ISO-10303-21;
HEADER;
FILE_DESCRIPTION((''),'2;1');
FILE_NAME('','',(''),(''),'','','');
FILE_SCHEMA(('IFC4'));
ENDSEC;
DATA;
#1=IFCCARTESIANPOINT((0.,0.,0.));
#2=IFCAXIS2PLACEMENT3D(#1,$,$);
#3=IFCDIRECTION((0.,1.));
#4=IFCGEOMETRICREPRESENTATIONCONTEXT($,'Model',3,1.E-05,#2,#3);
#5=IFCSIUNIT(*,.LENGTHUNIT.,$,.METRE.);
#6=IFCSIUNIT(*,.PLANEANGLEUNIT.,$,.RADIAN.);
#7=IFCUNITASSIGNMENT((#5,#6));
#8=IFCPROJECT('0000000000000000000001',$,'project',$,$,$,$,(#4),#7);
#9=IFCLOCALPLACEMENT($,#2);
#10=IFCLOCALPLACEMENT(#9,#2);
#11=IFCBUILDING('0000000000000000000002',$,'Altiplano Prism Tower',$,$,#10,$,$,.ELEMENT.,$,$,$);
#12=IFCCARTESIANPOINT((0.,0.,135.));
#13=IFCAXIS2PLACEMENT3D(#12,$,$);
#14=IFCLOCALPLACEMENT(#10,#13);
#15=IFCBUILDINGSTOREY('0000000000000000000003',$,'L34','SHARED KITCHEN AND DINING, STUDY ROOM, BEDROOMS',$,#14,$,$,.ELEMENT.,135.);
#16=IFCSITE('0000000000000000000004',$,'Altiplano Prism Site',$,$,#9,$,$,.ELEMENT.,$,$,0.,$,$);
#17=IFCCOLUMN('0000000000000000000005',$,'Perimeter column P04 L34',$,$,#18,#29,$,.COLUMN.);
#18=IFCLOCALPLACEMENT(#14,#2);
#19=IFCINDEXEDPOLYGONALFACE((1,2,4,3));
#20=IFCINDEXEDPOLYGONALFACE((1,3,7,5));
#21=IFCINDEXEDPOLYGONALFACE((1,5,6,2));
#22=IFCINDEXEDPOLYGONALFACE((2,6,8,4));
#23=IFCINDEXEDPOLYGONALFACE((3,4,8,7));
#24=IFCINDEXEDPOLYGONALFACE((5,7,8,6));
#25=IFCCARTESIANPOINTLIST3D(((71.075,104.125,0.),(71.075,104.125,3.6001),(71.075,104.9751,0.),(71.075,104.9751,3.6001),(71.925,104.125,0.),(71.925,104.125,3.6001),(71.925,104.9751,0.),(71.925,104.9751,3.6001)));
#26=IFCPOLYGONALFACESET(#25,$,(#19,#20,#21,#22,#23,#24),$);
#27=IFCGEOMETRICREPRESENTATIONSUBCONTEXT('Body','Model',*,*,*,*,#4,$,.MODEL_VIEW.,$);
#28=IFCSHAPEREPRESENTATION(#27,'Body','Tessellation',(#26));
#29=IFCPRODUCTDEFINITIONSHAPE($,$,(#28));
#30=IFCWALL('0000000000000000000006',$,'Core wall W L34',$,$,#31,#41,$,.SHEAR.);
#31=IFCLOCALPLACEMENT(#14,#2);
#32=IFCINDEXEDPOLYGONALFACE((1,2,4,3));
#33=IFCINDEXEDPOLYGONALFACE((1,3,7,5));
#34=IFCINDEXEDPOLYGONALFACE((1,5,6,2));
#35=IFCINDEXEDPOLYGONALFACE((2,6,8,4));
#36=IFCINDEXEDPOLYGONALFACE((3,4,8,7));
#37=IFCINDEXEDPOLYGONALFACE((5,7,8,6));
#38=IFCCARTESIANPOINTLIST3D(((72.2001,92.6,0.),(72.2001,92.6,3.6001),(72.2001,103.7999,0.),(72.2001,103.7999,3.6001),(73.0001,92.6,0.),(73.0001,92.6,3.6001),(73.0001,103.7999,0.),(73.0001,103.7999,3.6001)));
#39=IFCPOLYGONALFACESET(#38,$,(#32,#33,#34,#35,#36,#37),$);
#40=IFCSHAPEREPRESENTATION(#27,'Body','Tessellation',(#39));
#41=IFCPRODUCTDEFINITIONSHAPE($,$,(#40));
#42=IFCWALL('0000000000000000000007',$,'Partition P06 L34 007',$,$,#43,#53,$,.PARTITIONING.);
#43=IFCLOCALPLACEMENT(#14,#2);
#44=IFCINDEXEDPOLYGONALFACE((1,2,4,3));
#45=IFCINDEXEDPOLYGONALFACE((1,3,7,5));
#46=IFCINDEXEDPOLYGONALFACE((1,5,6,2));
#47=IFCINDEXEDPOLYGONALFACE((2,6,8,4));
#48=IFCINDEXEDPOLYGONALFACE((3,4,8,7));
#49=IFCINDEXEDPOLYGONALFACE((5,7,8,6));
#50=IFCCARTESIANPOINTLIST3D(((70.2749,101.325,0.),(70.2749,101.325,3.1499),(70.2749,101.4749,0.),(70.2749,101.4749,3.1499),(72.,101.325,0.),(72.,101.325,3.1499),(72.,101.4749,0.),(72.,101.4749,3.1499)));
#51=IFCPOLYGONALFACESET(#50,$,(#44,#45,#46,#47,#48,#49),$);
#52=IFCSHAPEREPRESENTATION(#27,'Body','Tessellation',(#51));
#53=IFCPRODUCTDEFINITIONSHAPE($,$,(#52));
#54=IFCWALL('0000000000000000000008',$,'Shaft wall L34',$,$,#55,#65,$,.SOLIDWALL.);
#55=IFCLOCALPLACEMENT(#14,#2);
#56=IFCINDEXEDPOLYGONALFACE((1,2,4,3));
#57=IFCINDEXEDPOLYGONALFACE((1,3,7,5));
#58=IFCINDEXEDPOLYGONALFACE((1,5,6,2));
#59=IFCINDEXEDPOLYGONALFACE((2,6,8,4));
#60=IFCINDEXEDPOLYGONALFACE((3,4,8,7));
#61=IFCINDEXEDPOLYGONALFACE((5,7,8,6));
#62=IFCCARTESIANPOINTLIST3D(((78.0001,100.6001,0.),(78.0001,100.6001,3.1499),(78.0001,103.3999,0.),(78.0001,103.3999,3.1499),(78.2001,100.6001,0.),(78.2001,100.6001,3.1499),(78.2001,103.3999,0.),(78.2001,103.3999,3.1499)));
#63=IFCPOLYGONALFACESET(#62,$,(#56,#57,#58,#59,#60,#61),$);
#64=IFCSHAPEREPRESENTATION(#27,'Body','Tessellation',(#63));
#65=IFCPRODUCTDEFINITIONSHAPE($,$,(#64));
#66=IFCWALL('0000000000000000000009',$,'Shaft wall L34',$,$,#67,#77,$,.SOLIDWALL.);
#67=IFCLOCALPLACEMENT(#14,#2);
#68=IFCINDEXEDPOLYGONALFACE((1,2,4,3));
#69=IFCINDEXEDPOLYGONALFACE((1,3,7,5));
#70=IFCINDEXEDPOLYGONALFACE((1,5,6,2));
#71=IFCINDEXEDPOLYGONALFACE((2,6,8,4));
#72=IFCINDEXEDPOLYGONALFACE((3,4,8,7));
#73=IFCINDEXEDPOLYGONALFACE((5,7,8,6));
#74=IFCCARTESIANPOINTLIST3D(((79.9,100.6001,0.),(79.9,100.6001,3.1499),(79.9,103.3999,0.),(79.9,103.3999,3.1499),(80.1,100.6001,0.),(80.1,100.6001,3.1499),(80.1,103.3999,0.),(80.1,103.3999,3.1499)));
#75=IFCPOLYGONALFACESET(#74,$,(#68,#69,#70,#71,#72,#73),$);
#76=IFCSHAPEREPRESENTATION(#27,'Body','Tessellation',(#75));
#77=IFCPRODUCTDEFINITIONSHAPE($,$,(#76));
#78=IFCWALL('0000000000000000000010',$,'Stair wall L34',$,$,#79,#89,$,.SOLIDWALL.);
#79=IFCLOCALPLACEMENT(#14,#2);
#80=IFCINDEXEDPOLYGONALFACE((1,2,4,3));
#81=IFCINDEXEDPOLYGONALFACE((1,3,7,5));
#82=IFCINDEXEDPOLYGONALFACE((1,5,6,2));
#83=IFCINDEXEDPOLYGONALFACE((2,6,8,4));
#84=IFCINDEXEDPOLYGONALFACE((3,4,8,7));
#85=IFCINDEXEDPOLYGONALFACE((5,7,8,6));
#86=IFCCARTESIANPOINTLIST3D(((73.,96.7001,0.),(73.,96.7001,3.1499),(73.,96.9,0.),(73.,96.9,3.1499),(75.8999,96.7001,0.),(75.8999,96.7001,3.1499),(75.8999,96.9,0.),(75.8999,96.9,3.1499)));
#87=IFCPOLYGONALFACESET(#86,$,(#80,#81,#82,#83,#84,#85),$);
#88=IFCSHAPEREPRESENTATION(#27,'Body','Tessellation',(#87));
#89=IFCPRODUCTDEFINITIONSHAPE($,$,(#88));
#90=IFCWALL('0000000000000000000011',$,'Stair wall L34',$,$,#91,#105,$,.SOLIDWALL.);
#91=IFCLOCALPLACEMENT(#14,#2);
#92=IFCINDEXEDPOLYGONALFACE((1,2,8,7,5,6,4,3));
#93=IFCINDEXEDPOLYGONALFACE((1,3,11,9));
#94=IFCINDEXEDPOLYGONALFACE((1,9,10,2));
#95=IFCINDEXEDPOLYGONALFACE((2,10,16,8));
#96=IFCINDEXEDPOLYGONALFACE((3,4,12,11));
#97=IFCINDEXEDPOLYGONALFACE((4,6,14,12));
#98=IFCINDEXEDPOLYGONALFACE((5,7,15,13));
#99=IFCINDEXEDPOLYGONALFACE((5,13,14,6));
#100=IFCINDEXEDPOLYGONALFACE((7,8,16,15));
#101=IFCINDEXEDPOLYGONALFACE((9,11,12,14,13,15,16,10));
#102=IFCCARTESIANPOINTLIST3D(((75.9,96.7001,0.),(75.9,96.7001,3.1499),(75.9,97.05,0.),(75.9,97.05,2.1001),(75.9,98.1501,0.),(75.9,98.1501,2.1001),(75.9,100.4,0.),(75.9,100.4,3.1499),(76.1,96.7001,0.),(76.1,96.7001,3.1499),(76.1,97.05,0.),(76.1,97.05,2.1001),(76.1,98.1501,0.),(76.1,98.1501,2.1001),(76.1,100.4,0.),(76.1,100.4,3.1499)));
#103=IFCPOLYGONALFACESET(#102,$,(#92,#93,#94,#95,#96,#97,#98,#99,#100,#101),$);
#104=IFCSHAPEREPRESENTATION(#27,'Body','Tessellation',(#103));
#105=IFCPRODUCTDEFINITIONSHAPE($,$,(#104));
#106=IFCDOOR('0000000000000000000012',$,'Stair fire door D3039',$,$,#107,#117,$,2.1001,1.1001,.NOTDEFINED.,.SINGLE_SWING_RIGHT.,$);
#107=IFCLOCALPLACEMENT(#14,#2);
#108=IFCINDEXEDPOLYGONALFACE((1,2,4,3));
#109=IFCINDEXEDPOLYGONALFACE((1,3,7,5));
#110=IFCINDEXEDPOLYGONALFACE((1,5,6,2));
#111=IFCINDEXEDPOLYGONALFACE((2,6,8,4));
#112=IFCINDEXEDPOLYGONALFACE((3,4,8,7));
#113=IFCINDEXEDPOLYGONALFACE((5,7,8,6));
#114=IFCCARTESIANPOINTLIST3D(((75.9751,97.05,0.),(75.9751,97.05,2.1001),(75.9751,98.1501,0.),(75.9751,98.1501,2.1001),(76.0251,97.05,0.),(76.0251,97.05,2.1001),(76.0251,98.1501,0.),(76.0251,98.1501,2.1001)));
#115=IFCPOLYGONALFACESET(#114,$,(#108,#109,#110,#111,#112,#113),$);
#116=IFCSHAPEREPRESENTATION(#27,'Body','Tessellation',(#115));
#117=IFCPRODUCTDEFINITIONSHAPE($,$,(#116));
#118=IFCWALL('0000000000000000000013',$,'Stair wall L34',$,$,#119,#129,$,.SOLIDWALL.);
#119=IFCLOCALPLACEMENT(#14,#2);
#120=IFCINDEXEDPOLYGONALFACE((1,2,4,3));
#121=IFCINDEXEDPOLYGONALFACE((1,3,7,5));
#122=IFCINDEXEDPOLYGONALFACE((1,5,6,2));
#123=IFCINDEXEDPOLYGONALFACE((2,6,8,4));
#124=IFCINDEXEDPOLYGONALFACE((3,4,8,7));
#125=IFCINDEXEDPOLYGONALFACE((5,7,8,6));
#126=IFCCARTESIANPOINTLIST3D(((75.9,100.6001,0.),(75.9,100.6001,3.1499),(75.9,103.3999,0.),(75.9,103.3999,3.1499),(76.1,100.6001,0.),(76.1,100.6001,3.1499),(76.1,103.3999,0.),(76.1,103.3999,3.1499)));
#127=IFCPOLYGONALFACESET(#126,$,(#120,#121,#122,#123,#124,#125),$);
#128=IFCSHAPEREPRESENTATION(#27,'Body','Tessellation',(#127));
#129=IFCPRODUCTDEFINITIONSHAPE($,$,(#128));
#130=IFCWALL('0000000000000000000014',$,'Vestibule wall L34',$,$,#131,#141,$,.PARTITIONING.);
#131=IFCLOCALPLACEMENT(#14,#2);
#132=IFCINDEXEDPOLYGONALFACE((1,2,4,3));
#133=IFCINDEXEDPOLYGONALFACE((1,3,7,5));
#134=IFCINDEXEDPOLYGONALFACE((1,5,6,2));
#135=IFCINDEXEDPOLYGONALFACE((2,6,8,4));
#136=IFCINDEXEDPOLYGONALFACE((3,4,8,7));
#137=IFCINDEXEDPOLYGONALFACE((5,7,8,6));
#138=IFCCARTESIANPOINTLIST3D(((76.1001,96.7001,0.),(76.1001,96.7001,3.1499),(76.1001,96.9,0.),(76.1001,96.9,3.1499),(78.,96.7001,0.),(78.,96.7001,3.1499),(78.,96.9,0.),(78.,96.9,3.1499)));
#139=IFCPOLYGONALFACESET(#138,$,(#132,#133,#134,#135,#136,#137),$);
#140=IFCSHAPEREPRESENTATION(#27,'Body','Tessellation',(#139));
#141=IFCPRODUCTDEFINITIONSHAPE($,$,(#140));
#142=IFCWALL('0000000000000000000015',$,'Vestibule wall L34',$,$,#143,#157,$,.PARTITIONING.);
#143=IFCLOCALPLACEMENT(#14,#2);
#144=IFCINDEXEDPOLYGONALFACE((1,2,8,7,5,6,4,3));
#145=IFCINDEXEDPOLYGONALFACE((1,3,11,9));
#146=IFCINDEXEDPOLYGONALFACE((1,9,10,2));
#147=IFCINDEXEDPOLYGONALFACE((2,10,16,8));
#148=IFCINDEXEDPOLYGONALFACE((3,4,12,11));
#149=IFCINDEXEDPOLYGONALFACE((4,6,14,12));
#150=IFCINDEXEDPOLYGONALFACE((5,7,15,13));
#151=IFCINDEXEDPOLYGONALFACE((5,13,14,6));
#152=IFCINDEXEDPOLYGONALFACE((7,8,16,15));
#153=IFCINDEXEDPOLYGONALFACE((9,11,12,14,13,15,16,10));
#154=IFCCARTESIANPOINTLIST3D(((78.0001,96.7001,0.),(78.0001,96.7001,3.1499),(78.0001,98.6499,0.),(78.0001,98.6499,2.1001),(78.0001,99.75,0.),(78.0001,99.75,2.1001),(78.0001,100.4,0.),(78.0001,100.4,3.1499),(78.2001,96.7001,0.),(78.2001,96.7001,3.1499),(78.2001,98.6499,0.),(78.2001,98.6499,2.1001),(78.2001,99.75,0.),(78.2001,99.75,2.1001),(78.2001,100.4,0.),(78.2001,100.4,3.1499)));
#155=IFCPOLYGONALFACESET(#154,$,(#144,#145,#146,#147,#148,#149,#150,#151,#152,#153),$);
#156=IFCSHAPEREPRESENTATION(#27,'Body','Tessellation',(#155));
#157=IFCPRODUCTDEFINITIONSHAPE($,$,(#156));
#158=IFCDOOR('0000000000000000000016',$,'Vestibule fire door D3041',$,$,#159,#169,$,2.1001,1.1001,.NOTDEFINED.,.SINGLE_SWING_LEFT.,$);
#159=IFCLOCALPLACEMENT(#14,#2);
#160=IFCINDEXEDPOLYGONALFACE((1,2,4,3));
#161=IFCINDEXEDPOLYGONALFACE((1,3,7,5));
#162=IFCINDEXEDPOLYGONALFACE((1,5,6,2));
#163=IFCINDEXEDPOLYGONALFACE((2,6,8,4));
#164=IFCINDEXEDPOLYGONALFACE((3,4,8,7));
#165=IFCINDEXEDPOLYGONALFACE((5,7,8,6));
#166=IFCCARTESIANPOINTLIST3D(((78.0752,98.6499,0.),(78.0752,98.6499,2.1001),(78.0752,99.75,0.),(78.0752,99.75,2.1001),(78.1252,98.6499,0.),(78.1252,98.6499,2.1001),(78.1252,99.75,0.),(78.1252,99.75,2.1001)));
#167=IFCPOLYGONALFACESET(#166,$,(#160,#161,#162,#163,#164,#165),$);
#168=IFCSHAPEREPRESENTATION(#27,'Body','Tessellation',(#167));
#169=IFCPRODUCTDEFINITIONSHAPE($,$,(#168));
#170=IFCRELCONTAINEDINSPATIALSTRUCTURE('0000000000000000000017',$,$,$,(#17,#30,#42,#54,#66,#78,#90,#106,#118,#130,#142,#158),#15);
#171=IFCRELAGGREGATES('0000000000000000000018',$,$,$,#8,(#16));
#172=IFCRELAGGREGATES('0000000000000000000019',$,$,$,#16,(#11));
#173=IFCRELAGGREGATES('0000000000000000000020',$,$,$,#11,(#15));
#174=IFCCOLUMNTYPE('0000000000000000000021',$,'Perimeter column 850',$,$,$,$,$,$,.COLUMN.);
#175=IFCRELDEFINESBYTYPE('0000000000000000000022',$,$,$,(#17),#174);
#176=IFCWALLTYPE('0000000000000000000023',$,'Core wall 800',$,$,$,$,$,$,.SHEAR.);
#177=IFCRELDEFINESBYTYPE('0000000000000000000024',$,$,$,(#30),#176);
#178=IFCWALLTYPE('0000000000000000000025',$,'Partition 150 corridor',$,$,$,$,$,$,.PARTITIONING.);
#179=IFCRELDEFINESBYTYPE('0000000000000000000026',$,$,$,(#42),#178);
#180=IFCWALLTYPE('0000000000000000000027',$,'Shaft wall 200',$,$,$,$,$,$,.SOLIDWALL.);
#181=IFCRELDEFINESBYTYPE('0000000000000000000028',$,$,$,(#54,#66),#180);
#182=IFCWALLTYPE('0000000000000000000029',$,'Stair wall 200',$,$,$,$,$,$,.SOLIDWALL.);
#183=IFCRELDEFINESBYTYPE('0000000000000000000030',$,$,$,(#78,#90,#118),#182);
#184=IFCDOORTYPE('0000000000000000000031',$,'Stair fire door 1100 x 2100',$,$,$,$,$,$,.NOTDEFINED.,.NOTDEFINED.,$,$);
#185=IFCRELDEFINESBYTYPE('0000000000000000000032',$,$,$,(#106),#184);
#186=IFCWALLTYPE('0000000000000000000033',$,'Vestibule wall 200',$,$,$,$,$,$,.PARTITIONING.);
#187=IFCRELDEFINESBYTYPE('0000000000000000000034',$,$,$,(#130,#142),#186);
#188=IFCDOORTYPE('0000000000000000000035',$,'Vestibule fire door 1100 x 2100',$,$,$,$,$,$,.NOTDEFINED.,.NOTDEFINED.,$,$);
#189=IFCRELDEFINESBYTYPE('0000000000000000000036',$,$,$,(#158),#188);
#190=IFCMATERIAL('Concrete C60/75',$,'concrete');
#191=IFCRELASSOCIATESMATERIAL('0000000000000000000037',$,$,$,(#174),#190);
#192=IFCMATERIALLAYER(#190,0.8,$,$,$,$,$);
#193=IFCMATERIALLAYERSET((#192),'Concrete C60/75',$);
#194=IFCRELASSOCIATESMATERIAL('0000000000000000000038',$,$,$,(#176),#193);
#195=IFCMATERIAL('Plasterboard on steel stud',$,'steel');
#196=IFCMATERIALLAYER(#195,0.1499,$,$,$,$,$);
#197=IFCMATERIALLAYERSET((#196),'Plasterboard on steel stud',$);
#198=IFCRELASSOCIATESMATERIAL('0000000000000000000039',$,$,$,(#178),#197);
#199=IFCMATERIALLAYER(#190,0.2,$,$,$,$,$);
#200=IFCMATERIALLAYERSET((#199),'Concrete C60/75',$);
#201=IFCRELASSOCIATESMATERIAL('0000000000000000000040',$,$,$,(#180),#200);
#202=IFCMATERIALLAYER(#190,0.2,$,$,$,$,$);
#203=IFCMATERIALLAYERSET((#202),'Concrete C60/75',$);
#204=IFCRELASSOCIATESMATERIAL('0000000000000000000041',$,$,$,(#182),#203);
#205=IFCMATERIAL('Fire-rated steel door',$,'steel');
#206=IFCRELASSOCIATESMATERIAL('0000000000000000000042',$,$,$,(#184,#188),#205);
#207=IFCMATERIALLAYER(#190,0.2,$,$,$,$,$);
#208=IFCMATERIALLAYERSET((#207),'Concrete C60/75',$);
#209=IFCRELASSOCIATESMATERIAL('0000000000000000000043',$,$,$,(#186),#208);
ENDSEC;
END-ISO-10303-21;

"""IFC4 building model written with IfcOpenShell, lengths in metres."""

from ifc_helpers import new_model, si_unit, direction, frame, frame_2d, origin, origin_2d, place, context, subcontext, project, spatial, rectangle, extrude, material, layer, layer_set, material_profile, profile_set, type_object, element, fill, save


model = new_model("IFC4")

# Units and contexts
model_context = context("Model", 3, precision=1e-05, world=origin(), true_north=direction((0.0, 1.0)))
body_context = subcontext(model_context, "Body", "Model", "MODEL_VIEW")
ifc_project = project(units=[si_unit("LENGTHUNIT", "METRE"), si_unit("PLANEANGLEUNIT", "RADIAN")], contexts=[model_context])

# Site, building, storey
site_placement = place(None, origin())
site = spatial("IfcSite", under=ifc_project, at=site_placement, Name="Altiplano Prism Site", CompositionType="ELEMENT", RefElevation=0.0)
building_placement = place(site_placement, origin())
building = spatial("IfcBuilding", under=site, at=building_placement, Name="Altiplano Prism Tower", CompositionType="ELEMENT")
storey_placement = place(building_placement, frame((0.0, 0.0, 135.0)))
storey = spatial("IfcBuildingStorey", under=building, at=storey_placement, Name="L34", Description="SHARED KITCHEN AND DINING, STUDY ROOM, BEDROOMS", CompositionType="ELEMENT", Elevation=135.0)

# Column
ifc_material_1 = material(Name="Concrete C60/75", Category="concrete")
ifc_material_profile = material_profile(ifc_material_1, rectangle(XDim=0.8501, YDim=0.8501, at=origin_2d()), Name="Perimeter column 850")
ifc_profile_set = profile_set([ifc_material_profile], Name="Concrete C60/75")
column_type = type_object("IfcColumnType", Name="Perimeter column 850", PredefinedType="COLUMN", material=ifc_profile_set)
column_placement = place(storey_placement, frame((71.5, 104.55, 0.0), z_axis=(0.0, 0.0, 1.0), x_axis=(1.0, 0.0, 0.0)))
element("IfcColumn", 1, at=column_placement, inside=storey, type_object=column_type, Name="Perimeter column P04 L34", PredefinedType="COLUMN", context=body_context, shape_type="SweptSolid", body=[
    extrude(rectangle(XDim=0.8501, YDim=0.8501, at=origin_2d()), origin(), (0.0, 0.0, 1.0), 3.6001),
])

# Walls
ifc_layer_1 = layer(ifc_material_1, 0.8)
ifc_layer_set_1 = layer_set([ifc_layer_1], Name="Concrete C60/75")
wall_type_1 = type_object("IfcWallType", Name="Core wall 800", PredefinedType="SHEAR", material=ifc_layer_set_1)
wall_1_placement = place(storey_placement, frame((72.6001, 103.8, 0.0), z_axis=(0.0, 0.0, 1.0), x_axis=(0.0, -1.0, 0.0)))
element("IfcWall", 2, at=wall_1_placement, inside=storey, type_object=wall_type_1, Name="Core wall W L34", PredefinedType="SHEAR", context=body_context, shape_type="SweptSolid", body=[
    extrude(rectangle(XDim=11.2, YDim=0.8, at=frame_2d((5.6001, 0.0))), origin(), (0.0, 0.0, 1.0), 3.6001),
])
ifc_material_2 = material(Name="Plasterboard on steel stud", Category="steel")
ifc_layer_2 = layer(ifc_material_2, 0.1499)
ifc_layer_set_2 = layer_set([ifc_layer_2], Name="Plasterboard on steel stud")
wall_type_2 = type_object("IfcWallType", Name="Partition 150 corridor", PredefinedType="PARTITIONING", material=ifc_layer_set_2)
wall_2_placement = place(storey_placement, frame((72.0, 101.3999, 0.0), z_axis=(0.0, 0.0, 1.0), x_axis=(-1.0, 0.0, 0.0)))
element("IfcWall", 3, at=wall_2_placement, inside=storey, type_object=wall_type_2, Name="Partition P06 L34 007", PredefinedType="PARTITIONING", context=body_context, shape_type="SweptSolid", body=[
    extrude(rectangle(XDim=1.7251, YDim=0.1499, at=frame_2d((0.8625, 0.0))), origin(), (0.0, 0.0, 1.0), 3.1499),
])
ifc_layer_3 = layer(ifc_material_1, 0.2)
ifc_layer_set_3 = layer_set([ifc_layer_3], Name="Concrete C60/75")
wall_type_3 = type_object("IfcWallType", Name="Shaft wall 200", PredefinedType="SOLIDWALL", material=ifc_layer_set_3)
for number, where, z_axis, x_axis, name in (
    (4, (78.1001, 100.6001, 0.0), (0.0, 0.0, 1.0), (0.0, 1.0, 0.0), "Shaft wall L34"),
    (5, (80.0, 100.6001, 0.0), (0.0, 0.0, 1.0), (0.0, 1.0, 0.0), "Shaft wall L34"),
):
    element("IfcWall", number, at=place(storey_placement, frame(where, z_axis=z_axis, x_axis=x_axis)), inside=storey, type_object=wall_type_3, Name=name, PredefinedType="SOLIDWALL", context=body_context, shape_type="SweptSolid", body=[
        extrude(rectangle(XDim=2.7998, YDim=0.2, at=frame_2d((1.3999, 0.0))), origin(), (0.0, 0.0, 1.0), 3.1499),
    ])
ifc_layer_4 = layer(ifc_material_1, 0.2)
ifc_layer_set_4 = layer_set([ifc_layer_4], Name="Concrete C60/75")
wall_type_4 = type_object("IfcWallType", Name="Stair wall 200", PredefinedType="SOLIDWALL", material=ifc_layer_set_4)
wall_3_placement = place(storey_placement, frame((73.0, 96.8, 0.0), z_axis=(0.0, 0.0, 1.0), x_axis=(1.0, 0.0, 0.0)))
element("IfcWall", 6, at=wall_3_placement, inside=storey, type_object=wall_type_4, Name="Stair wall L34", PredefinedType="SOLIDWALL", context=body_context, shape_type="SweptSolid", body=[
    extrude(rectangle(XDim=2.8999, YDim=0.2, at=frame_2d((1.45, 0.0))), origin(), (0.0, 0.0, 1.0), 3.1499),
])

# Wall, opening, door
wall_4_placement = place(storey_placement, frame((76.0, 96.7, 0.0), z_axis=(0.0, 0.0, 1.0), x_axis=(0.0, 1.0, 0.0)))
wall_4 = element("IfcWall", 7, at=wall_4_placement, inside=storey, type_object=wall_type_4, Name="Stair wall L34", PredefinedType="SOLIDWALL", context=body_context, shape_type="SweptSolid", body=[
    extrude(rectangle(XDim=3.7, YDim=0.2, at=frame_2d((1.8501, 0.0))), origin(), (0.0, 0.0, 1.0), 3.1499),
])
opening_1_placement = place(wall_4_placement, frame((0.3501, 0.0, 0.0)))
opening_1 = element("IfcOpeningElement", 8, at=opening_1_placement, cuts=wall_4, PredefinedType="OPENING", context=body_context, shape_type="SweptSolid", body=[
    extrude(rectangle(XDim=1.1001, YDim=2.1001, at=frame_2d((0.55, 1.05))), frame((0.0, 0.1104, 0.0), z_axis=(0.0, -1.0, 0.0), x_axis=(1.0, 0.0, 0.0)), (0.0, 0.0, 1.0), 0.2209),
])
ifc_material_3 = material(Name="Fire-rated steel door", Category="steel")
door_type_1 = type_object("IfcDoorType", Name="Stair fire door 1100 x 2100", OperationType="NOTDEFINED", PredefinedType="NOTDEFINED", material=ifc_material_3)
door_1_placement = place(opening_1_placement, origin())
door_1 = element("IfcDoor", 9, at=door_1_placement, inside=storey, type_object=door_type_1, Name="Stair fire door D3039", OperationType="SINGLE_SWING_RIGHT", OverallHeight=2.1001, OverallWidth=1.1001, PredefinedType="NOTDEFINED", context=body_context, shape_type="SweptSolid", body=[
    extrude(rectangle(XDim=1.1001, YDim=2.1001, at=frame_2d((0.55, 1.05))), frame((0.0, 0.0249, 0.0), z_axis=(0.0, -1.0, 0.0), x_axis=(1.0, 0.0, 0.0)), (0.0, 0.0, 1.0), 0.05),
])
fill(opening_1, door_1)

# Walls
wall_5_placement = place(storey_placement, frame((76.0, 100.6001, 0.0), z_axis=(0.0, 0.0, 1.0), x_axis=(0.0, 1.0, 0.0)))
element("IfcWall", 10, at=wall_5_placement, inside=storey, type_object=wall_type_4, Name="Stair wall L34", PredefinedType="SOLIDWALL", context=body_context, shape_type="SweptSolid", body=[
    extrude(rectangle(XDim=2.7998, YDim=0.2, at=frame_2d((1.3999, 0.0))), origin(), (0.0, 0.0, 1.0), 3.1499),
])
ifc_layer_5 = layer(ifc_material_1, 0.2)
ifc_layer_set_5 = layer_set([ifc_layer_5], Name="Concrete C60/75")
wall_type_5 = type_object("IfcWallType", Name="Vestibule wall 200", PredefinedType="PARTITIONING", material=ifc_layer_set_5)
wall_6_placement = place(storey_placement, frame((76.1001, 96.8, 0.0), z_axis=(0.0, 0.0, 1.0), x_axis=(1.0, 0.0, 0.0)))
element("IfcWall", 11, at=wall_6_placement, inside=storey, type_object=wall_type_5, Name="Vestibule wall L34", PredefinedType="PARTITIONING", context=body_context, shape_type="SweptSolid", body=[
    extrude(rectangle(XDim=1.8999, YDim=0.2, at=frame_2d((0.95, 0.0))), origin(), (0.0, 0.0, 1.0), 3.1499),
])

# Wall, opening, door
wall_7_placement = place(storey_placement, frame((78.1001, 96.7, 0.0), z_axis=(0.0, 0.0, 1.0), x_axis=(0.0, 1.0, 0.0)))
wall_7 = element("IfcWall", 12, at=wall_7_placement, inside=storey, type_object=wall_type_5, Name="Vestibule wall L34", PredefinedType="PARTITIONING", context=body_context, shape_type="SweptSolid", body=[
    extrude(rectangle(XDim=3.7, YDim=0.2, at=frame_2d((1.8501, 0.0))), origin(), (0.0, 0.0, 1.0), 3.1499),
])
opening_2_placement = place(wall_7_placement, frame((1.95, 0.0, 0.0)))
opening_2 = element("IfcOpeningElement", 13, at=opening_2_placement, cuts=wall_7, PredefinedType="OPENING", context=body_context, shape_type="SweptSolid", body=[
    extrude(rectangle(XDim=1.1001, YDim=2.1001, at=frame_2d((0.55, 1.05))), frame((0.0, 0.1104, 0.0), z_axis=(0.0, -1.0, 0.0), x_axis=(1.0, 0.0, 0.0)), (0.0, 0.0, 1.0), 0.2209),
])
door_type_2 = type_object("IfcDoorType", Name="Vestibule fire door 1100 x 2100", OperationType="NOTDEFINED", PredefinedType="NOTDEFINED", material=ifc_material_3)
door_2_placement = place(opening_2_placement, origin())
door_2 = element("IfcDoor", 14, at=door_2_placement, inside=storey, type_object=door_type_2, Name="Vestibule fire door D3041", OperationType="SINGLE_SWING_LEFT", OverallHeight=2.1001, OverallWidth=1.1001, PredefinedType="NOTDEFINED", context=body_context, shape_type="SweptSolid", body=[
    extrude(rectangle(XDim=1.1001, YDim=2.1001, at=frame_2d((0.55, 1.05))), frame((0.0, 0.0249, 0.0), z_axis=(0.0, -1.0, 0.0), x_axis=(1.0, 0.0, 0.0)), (0.0, 0.0, 1.0), 0.05),
])
fill(opening_2, door_2)

save(model, "model.ifc")
